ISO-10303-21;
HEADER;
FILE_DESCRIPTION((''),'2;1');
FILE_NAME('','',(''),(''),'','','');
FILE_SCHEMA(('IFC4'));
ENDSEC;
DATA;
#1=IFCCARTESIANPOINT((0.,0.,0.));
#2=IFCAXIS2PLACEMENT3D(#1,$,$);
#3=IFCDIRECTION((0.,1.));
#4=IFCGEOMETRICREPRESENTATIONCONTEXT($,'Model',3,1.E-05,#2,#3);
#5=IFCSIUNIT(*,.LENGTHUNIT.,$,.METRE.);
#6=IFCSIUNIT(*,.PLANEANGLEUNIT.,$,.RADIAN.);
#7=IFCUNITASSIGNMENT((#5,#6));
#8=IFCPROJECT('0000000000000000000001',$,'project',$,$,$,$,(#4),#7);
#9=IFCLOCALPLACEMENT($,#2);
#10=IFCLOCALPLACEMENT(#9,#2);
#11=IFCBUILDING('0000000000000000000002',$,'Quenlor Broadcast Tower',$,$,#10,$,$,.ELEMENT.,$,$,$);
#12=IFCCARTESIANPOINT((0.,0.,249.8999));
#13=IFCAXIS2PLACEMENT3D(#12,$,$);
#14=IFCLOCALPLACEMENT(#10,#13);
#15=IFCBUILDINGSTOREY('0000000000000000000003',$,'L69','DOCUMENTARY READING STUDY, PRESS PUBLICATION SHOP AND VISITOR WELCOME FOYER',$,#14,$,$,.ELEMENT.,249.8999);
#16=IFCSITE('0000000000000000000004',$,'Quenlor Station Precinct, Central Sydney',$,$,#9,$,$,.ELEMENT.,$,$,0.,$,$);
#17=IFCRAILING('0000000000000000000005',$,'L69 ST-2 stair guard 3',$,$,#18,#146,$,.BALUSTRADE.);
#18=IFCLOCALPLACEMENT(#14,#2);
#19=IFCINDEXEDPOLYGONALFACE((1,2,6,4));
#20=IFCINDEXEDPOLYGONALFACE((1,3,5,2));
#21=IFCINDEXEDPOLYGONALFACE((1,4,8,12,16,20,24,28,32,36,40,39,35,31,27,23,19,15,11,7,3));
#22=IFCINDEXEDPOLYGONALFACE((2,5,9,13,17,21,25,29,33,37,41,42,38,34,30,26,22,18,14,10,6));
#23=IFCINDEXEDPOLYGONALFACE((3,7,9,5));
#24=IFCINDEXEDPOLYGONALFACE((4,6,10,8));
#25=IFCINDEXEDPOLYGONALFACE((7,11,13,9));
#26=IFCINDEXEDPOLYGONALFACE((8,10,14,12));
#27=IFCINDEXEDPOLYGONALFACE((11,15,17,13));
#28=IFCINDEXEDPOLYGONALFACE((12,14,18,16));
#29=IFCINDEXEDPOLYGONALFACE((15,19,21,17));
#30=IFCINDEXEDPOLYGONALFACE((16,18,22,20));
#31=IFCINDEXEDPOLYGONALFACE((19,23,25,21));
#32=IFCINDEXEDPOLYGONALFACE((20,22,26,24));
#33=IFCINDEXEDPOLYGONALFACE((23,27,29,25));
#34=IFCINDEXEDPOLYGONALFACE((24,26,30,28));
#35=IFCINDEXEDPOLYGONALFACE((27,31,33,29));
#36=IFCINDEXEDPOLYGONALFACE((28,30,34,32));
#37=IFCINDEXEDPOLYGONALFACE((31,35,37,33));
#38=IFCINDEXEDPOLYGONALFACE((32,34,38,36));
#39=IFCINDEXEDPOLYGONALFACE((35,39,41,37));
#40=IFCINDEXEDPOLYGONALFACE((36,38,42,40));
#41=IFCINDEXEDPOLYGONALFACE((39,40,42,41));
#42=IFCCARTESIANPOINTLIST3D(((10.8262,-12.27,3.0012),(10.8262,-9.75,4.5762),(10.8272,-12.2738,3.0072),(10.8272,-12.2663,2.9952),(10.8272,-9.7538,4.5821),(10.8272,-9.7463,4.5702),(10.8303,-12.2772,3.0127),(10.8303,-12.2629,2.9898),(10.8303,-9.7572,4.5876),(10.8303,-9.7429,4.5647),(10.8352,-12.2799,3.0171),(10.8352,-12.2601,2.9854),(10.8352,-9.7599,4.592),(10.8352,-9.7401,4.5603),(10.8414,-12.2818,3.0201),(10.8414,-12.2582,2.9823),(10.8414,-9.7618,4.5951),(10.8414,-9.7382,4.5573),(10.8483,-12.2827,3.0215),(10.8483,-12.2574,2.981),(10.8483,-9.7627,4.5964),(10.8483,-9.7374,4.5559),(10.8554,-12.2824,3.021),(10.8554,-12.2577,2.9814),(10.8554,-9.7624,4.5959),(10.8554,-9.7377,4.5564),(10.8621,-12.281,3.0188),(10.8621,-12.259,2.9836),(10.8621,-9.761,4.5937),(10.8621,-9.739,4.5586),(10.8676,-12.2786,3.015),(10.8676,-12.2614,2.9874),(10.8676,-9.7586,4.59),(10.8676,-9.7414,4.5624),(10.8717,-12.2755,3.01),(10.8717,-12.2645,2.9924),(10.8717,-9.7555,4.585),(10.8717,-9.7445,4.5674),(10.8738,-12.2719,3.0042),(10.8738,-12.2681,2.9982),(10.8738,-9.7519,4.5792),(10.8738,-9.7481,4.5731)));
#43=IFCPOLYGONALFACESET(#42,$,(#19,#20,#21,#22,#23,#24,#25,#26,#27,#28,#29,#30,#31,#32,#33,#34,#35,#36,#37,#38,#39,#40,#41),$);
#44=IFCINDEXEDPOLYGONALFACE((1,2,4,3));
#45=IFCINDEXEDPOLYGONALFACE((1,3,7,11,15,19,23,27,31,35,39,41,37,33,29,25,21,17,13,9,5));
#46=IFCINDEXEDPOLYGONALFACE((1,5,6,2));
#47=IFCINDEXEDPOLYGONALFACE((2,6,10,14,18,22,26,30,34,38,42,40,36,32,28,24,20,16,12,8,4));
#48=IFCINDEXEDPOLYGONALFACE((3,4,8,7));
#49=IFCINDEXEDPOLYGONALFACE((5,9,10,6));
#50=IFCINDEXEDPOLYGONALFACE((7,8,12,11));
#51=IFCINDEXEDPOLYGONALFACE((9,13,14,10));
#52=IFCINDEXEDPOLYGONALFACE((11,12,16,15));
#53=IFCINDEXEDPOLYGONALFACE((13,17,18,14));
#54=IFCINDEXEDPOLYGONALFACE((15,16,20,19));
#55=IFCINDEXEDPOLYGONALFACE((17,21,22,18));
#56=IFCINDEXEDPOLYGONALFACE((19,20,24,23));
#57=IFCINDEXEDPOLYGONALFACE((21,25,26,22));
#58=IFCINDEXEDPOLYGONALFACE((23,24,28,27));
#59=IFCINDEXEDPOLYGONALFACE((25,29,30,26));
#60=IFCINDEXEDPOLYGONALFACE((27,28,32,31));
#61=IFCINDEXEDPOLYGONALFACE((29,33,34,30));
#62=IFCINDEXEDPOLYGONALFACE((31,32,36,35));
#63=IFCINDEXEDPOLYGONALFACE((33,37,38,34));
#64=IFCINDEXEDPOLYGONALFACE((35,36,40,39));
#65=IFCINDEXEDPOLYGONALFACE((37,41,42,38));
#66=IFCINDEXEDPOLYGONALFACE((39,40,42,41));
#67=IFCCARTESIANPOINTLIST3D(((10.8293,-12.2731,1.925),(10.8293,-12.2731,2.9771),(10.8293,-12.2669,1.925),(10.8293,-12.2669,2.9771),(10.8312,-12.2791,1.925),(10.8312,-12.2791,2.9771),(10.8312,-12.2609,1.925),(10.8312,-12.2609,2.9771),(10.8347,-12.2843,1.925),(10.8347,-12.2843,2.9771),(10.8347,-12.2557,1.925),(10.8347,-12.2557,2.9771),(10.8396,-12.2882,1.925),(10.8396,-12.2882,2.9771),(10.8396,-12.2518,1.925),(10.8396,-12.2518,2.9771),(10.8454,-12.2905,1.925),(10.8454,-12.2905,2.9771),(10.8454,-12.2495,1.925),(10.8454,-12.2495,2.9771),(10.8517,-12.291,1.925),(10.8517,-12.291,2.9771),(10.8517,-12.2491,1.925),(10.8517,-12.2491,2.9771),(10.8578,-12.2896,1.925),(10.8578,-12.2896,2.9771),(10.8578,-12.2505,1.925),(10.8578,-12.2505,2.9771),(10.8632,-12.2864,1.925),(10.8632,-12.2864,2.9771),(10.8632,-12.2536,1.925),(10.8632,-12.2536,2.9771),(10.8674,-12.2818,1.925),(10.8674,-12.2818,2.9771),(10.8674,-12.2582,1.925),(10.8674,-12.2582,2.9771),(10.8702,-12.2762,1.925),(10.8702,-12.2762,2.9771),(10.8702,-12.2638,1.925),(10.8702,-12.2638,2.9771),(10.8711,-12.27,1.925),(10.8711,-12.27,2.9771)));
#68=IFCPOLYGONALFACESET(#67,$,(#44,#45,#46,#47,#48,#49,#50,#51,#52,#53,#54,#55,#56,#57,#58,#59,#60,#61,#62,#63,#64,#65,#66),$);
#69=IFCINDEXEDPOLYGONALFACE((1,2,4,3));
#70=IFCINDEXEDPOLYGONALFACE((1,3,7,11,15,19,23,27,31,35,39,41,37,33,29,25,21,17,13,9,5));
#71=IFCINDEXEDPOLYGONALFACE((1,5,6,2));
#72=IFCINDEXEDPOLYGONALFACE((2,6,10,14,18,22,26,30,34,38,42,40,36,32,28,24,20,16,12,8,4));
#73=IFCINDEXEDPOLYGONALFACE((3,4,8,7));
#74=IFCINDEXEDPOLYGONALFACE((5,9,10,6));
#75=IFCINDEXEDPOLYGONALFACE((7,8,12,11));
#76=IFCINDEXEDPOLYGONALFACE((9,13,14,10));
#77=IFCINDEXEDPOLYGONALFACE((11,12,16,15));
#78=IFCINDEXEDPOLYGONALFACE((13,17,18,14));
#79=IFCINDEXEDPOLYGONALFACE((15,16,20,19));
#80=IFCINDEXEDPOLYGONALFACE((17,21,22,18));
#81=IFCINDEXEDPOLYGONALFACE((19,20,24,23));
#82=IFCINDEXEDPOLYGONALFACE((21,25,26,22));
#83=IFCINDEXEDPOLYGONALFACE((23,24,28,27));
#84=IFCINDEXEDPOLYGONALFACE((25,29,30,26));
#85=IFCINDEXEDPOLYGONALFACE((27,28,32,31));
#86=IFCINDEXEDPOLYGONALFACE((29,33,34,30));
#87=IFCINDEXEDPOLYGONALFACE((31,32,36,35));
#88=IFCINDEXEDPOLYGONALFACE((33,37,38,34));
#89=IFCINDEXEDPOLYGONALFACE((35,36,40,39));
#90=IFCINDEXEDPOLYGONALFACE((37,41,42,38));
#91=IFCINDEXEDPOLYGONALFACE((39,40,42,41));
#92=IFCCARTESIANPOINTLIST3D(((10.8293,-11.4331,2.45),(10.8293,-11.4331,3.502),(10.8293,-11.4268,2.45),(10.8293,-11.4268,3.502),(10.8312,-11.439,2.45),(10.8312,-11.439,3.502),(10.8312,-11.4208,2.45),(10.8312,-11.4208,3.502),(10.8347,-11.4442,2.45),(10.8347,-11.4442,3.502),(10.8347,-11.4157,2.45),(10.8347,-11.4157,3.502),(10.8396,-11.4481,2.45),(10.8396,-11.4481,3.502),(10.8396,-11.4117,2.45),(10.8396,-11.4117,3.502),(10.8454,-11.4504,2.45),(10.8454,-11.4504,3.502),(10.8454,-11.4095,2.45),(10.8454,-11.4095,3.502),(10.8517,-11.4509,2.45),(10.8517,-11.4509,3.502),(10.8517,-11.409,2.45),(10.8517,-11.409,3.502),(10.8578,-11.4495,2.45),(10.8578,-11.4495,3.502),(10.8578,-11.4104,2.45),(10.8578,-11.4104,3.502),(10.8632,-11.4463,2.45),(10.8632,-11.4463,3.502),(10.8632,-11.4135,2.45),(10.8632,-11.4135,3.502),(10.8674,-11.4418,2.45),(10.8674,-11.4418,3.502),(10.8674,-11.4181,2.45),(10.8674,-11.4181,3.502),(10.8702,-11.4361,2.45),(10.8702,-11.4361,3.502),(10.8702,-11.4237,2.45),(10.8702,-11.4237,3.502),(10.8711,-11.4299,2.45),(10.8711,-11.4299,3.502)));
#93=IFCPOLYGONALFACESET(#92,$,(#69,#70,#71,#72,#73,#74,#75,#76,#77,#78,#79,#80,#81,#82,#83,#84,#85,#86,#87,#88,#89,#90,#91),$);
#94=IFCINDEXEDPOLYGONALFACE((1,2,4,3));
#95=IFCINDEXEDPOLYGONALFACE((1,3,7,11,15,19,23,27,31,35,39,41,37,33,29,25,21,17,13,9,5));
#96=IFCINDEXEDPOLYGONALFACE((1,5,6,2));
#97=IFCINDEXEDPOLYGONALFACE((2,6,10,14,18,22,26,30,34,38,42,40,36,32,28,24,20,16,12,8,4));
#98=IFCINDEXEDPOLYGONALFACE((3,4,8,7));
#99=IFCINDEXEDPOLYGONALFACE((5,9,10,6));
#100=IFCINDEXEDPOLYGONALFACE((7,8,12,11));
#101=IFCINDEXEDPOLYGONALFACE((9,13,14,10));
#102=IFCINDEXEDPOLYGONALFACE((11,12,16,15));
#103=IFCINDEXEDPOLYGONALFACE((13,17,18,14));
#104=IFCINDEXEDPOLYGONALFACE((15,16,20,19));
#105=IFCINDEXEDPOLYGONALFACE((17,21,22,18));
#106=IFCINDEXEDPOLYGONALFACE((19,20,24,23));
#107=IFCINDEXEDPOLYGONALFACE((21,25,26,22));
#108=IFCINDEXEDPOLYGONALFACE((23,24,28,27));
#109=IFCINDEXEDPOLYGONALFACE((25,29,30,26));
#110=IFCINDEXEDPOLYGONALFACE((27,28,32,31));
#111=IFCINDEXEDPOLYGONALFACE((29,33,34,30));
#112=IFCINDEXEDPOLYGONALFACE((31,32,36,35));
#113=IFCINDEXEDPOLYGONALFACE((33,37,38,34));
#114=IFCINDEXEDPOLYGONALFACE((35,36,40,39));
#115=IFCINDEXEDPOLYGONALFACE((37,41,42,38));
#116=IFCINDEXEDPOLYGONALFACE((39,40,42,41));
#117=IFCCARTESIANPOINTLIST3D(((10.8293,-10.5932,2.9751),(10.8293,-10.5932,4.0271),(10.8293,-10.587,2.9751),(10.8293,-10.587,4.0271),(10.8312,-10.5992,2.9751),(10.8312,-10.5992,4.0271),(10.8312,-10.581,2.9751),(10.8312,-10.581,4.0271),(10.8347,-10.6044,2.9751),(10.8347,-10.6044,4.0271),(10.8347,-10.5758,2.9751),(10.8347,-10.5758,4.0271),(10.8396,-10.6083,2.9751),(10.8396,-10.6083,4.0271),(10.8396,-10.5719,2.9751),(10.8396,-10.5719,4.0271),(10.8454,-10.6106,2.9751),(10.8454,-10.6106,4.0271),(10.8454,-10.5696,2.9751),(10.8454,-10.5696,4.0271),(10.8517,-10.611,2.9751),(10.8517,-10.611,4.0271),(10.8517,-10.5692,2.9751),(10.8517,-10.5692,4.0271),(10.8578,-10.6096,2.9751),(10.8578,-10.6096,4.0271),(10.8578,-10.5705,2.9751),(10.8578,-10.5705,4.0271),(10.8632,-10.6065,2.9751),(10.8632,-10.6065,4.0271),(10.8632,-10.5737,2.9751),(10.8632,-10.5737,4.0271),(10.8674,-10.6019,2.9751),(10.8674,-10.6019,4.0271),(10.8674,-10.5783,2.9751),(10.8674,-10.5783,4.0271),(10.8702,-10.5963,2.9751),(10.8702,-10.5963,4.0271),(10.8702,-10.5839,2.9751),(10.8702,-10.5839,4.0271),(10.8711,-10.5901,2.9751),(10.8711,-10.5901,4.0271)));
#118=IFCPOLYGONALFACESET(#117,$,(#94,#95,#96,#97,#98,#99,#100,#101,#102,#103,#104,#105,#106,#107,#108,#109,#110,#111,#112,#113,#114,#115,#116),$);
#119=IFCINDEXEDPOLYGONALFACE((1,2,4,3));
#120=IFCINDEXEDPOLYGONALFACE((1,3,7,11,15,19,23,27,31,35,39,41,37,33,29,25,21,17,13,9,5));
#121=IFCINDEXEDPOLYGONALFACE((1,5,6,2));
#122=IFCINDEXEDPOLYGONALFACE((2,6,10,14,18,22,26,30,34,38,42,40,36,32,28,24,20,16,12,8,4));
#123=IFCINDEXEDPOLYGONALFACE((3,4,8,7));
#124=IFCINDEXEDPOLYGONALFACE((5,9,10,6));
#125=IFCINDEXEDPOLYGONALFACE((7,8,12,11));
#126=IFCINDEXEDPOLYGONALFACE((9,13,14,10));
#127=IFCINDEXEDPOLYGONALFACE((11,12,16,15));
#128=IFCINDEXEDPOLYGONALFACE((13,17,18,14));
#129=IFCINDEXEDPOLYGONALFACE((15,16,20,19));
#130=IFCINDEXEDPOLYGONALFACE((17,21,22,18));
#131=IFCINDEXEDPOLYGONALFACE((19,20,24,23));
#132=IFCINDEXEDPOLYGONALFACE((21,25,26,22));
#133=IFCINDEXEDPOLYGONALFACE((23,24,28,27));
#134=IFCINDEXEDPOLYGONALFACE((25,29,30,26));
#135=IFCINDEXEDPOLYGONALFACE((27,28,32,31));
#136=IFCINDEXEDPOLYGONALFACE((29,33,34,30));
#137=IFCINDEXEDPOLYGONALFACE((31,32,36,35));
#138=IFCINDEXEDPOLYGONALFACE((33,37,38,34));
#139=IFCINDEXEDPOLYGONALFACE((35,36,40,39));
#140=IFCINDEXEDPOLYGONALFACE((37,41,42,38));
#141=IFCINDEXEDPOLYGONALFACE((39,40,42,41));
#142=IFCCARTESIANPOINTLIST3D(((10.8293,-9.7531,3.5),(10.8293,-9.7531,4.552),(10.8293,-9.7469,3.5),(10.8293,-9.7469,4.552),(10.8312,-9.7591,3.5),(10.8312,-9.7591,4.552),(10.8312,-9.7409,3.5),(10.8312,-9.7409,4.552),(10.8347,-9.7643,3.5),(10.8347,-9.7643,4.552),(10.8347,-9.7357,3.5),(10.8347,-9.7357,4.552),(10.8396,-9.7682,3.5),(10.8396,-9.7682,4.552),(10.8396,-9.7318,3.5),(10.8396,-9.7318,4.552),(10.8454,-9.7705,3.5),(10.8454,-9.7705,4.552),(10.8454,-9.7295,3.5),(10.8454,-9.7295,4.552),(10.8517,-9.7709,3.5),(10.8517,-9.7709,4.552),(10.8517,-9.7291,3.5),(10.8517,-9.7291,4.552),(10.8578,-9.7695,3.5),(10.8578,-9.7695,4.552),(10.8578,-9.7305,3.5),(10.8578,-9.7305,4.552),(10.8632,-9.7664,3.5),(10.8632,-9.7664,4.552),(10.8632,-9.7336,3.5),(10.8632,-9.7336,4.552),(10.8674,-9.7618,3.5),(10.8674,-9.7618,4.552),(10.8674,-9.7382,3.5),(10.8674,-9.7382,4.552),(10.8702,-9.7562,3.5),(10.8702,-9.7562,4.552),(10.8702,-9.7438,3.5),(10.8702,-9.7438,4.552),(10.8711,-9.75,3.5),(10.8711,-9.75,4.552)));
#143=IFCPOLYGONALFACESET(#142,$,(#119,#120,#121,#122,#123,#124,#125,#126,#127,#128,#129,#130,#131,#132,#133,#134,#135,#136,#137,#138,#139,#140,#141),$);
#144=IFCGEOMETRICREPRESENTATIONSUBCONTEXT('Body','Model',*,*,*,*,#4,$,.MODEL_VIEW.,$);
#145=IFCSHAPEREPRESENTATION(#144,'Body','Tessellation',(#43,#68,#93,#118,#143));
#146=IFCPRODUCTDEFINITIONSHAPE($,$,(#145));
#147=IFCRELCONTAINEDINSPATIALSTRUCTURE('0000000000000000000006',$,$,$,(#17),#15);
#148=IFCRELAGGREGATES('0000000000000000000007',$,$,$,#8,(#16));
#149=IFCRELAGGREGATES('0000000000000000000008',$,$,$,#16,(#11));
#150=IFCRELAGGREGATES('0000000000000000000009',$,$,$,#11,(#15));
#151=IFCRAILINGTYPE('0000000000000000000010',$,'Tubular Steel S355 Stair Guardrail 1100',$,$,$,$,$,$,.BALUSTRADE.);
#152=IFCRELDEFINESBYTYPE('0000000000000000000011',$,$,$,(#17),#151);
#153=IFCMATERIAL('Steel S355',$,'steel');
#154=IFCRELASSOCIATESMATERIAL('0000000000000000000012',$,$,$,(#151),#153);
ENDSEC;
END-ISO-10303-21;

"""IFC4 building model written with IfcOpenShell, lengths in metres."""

from ifc_helpers import new_model, si_unit, direction, frame, origin, origin_2d, place, context, subcontext, project, spatial, circle, extrude, material, type_object, element, save


model = new_model("IFC4")

# Units and contexts
model_context = context("Model", 3, precision=1e-05, world=origin(), true_north=direction((0.0, 1.0)))
body_context = subcontext(model_context, "Body", "Model", "MODEL_VIEW")
ifc_project = project(units=[si_unit("LENGTHUNIT", "METRE"), si_unit("PLANEANGLEUNIT", "RADIAN")], contexts=[model_context])

# Site, building, storey
site_placement = place(None, origin())
site = spatial("IfcSite", under=ifc_project, at=site_placement, Name="Quenlor Station Precinct, Central Sydney", CompositionType="ELEMENT", RefElevation=0.0)
building_placement = place(site_placement, origin())
building = spatial("IfcBuilding", under=site, at=building_placement, Name="Quenlor Broadcast Tower", CompositionType="ELEMENT")
storey_placement = place(building_placement, frame((0.0, 0.0, 249.8999)))
storey = spatial("IfcBuildingStorey", under=building, at=storey_placement, Name="L69", Description="DOCUMENTARY READING STUDY, PRESS PUBLICATION SHOP AND VISITOR WELCOME FOYER", CompositionType="ELEMENT", Elevation=249.8999)

# Railing
ifc_material_1 = material(Name="Steel S355", Category="steel")
railing_type_1 = type_object("IfcRailingType", Name="Tubular Steel S355 Stair Guardrail 1100", PredefinedType="BALUSTRADE", material=ifc_material_1)
railing_1_placement = place(storey_placement, frame((10.8501, -12.27, 1.925)))
element("IfcRailing", 1, at=railing_1_placement, inside=storey, type_object=railing_type_1, Name="L69 ST-2 stair guard 3", PredefinedType="BALUSTRADE", context=body_context, shape_type="SweptSolid", body=[
    extrude(circle(Radius=0.0239, at=origin_2d()), frame((0.0, 0.0, 1.0762), z_axis=(0.0, 0.848008, 0.529984), x_axis=(-1.0, 0.0, 0.0)), (0.0, 0.0, 1.0), 2.9717),
    extrude(circle(Radius=0.021, at=origin_2d()), origin(), (0.0, 0.0, 1.0), 1.052),
    extrude(circle(Radius=0.021, at=origin_2d()), frame((0.0, 0.8401, 0.5249)), (0.0, 0.0, 1.0), 1.052),
    extrude(circle(Radius=0.021, at=origin_2d()), frame((0.0, 1.6799, 1.05)), (0.0, 0.0, 1.0), 1.052),
    extrude(circle(Radius=0.021, at=origin_2d()), frame((0.0, 2.52, 1.575)), (0.0, 0.0, 1.0), 1.052),
])

save(model, "model.ifc")
